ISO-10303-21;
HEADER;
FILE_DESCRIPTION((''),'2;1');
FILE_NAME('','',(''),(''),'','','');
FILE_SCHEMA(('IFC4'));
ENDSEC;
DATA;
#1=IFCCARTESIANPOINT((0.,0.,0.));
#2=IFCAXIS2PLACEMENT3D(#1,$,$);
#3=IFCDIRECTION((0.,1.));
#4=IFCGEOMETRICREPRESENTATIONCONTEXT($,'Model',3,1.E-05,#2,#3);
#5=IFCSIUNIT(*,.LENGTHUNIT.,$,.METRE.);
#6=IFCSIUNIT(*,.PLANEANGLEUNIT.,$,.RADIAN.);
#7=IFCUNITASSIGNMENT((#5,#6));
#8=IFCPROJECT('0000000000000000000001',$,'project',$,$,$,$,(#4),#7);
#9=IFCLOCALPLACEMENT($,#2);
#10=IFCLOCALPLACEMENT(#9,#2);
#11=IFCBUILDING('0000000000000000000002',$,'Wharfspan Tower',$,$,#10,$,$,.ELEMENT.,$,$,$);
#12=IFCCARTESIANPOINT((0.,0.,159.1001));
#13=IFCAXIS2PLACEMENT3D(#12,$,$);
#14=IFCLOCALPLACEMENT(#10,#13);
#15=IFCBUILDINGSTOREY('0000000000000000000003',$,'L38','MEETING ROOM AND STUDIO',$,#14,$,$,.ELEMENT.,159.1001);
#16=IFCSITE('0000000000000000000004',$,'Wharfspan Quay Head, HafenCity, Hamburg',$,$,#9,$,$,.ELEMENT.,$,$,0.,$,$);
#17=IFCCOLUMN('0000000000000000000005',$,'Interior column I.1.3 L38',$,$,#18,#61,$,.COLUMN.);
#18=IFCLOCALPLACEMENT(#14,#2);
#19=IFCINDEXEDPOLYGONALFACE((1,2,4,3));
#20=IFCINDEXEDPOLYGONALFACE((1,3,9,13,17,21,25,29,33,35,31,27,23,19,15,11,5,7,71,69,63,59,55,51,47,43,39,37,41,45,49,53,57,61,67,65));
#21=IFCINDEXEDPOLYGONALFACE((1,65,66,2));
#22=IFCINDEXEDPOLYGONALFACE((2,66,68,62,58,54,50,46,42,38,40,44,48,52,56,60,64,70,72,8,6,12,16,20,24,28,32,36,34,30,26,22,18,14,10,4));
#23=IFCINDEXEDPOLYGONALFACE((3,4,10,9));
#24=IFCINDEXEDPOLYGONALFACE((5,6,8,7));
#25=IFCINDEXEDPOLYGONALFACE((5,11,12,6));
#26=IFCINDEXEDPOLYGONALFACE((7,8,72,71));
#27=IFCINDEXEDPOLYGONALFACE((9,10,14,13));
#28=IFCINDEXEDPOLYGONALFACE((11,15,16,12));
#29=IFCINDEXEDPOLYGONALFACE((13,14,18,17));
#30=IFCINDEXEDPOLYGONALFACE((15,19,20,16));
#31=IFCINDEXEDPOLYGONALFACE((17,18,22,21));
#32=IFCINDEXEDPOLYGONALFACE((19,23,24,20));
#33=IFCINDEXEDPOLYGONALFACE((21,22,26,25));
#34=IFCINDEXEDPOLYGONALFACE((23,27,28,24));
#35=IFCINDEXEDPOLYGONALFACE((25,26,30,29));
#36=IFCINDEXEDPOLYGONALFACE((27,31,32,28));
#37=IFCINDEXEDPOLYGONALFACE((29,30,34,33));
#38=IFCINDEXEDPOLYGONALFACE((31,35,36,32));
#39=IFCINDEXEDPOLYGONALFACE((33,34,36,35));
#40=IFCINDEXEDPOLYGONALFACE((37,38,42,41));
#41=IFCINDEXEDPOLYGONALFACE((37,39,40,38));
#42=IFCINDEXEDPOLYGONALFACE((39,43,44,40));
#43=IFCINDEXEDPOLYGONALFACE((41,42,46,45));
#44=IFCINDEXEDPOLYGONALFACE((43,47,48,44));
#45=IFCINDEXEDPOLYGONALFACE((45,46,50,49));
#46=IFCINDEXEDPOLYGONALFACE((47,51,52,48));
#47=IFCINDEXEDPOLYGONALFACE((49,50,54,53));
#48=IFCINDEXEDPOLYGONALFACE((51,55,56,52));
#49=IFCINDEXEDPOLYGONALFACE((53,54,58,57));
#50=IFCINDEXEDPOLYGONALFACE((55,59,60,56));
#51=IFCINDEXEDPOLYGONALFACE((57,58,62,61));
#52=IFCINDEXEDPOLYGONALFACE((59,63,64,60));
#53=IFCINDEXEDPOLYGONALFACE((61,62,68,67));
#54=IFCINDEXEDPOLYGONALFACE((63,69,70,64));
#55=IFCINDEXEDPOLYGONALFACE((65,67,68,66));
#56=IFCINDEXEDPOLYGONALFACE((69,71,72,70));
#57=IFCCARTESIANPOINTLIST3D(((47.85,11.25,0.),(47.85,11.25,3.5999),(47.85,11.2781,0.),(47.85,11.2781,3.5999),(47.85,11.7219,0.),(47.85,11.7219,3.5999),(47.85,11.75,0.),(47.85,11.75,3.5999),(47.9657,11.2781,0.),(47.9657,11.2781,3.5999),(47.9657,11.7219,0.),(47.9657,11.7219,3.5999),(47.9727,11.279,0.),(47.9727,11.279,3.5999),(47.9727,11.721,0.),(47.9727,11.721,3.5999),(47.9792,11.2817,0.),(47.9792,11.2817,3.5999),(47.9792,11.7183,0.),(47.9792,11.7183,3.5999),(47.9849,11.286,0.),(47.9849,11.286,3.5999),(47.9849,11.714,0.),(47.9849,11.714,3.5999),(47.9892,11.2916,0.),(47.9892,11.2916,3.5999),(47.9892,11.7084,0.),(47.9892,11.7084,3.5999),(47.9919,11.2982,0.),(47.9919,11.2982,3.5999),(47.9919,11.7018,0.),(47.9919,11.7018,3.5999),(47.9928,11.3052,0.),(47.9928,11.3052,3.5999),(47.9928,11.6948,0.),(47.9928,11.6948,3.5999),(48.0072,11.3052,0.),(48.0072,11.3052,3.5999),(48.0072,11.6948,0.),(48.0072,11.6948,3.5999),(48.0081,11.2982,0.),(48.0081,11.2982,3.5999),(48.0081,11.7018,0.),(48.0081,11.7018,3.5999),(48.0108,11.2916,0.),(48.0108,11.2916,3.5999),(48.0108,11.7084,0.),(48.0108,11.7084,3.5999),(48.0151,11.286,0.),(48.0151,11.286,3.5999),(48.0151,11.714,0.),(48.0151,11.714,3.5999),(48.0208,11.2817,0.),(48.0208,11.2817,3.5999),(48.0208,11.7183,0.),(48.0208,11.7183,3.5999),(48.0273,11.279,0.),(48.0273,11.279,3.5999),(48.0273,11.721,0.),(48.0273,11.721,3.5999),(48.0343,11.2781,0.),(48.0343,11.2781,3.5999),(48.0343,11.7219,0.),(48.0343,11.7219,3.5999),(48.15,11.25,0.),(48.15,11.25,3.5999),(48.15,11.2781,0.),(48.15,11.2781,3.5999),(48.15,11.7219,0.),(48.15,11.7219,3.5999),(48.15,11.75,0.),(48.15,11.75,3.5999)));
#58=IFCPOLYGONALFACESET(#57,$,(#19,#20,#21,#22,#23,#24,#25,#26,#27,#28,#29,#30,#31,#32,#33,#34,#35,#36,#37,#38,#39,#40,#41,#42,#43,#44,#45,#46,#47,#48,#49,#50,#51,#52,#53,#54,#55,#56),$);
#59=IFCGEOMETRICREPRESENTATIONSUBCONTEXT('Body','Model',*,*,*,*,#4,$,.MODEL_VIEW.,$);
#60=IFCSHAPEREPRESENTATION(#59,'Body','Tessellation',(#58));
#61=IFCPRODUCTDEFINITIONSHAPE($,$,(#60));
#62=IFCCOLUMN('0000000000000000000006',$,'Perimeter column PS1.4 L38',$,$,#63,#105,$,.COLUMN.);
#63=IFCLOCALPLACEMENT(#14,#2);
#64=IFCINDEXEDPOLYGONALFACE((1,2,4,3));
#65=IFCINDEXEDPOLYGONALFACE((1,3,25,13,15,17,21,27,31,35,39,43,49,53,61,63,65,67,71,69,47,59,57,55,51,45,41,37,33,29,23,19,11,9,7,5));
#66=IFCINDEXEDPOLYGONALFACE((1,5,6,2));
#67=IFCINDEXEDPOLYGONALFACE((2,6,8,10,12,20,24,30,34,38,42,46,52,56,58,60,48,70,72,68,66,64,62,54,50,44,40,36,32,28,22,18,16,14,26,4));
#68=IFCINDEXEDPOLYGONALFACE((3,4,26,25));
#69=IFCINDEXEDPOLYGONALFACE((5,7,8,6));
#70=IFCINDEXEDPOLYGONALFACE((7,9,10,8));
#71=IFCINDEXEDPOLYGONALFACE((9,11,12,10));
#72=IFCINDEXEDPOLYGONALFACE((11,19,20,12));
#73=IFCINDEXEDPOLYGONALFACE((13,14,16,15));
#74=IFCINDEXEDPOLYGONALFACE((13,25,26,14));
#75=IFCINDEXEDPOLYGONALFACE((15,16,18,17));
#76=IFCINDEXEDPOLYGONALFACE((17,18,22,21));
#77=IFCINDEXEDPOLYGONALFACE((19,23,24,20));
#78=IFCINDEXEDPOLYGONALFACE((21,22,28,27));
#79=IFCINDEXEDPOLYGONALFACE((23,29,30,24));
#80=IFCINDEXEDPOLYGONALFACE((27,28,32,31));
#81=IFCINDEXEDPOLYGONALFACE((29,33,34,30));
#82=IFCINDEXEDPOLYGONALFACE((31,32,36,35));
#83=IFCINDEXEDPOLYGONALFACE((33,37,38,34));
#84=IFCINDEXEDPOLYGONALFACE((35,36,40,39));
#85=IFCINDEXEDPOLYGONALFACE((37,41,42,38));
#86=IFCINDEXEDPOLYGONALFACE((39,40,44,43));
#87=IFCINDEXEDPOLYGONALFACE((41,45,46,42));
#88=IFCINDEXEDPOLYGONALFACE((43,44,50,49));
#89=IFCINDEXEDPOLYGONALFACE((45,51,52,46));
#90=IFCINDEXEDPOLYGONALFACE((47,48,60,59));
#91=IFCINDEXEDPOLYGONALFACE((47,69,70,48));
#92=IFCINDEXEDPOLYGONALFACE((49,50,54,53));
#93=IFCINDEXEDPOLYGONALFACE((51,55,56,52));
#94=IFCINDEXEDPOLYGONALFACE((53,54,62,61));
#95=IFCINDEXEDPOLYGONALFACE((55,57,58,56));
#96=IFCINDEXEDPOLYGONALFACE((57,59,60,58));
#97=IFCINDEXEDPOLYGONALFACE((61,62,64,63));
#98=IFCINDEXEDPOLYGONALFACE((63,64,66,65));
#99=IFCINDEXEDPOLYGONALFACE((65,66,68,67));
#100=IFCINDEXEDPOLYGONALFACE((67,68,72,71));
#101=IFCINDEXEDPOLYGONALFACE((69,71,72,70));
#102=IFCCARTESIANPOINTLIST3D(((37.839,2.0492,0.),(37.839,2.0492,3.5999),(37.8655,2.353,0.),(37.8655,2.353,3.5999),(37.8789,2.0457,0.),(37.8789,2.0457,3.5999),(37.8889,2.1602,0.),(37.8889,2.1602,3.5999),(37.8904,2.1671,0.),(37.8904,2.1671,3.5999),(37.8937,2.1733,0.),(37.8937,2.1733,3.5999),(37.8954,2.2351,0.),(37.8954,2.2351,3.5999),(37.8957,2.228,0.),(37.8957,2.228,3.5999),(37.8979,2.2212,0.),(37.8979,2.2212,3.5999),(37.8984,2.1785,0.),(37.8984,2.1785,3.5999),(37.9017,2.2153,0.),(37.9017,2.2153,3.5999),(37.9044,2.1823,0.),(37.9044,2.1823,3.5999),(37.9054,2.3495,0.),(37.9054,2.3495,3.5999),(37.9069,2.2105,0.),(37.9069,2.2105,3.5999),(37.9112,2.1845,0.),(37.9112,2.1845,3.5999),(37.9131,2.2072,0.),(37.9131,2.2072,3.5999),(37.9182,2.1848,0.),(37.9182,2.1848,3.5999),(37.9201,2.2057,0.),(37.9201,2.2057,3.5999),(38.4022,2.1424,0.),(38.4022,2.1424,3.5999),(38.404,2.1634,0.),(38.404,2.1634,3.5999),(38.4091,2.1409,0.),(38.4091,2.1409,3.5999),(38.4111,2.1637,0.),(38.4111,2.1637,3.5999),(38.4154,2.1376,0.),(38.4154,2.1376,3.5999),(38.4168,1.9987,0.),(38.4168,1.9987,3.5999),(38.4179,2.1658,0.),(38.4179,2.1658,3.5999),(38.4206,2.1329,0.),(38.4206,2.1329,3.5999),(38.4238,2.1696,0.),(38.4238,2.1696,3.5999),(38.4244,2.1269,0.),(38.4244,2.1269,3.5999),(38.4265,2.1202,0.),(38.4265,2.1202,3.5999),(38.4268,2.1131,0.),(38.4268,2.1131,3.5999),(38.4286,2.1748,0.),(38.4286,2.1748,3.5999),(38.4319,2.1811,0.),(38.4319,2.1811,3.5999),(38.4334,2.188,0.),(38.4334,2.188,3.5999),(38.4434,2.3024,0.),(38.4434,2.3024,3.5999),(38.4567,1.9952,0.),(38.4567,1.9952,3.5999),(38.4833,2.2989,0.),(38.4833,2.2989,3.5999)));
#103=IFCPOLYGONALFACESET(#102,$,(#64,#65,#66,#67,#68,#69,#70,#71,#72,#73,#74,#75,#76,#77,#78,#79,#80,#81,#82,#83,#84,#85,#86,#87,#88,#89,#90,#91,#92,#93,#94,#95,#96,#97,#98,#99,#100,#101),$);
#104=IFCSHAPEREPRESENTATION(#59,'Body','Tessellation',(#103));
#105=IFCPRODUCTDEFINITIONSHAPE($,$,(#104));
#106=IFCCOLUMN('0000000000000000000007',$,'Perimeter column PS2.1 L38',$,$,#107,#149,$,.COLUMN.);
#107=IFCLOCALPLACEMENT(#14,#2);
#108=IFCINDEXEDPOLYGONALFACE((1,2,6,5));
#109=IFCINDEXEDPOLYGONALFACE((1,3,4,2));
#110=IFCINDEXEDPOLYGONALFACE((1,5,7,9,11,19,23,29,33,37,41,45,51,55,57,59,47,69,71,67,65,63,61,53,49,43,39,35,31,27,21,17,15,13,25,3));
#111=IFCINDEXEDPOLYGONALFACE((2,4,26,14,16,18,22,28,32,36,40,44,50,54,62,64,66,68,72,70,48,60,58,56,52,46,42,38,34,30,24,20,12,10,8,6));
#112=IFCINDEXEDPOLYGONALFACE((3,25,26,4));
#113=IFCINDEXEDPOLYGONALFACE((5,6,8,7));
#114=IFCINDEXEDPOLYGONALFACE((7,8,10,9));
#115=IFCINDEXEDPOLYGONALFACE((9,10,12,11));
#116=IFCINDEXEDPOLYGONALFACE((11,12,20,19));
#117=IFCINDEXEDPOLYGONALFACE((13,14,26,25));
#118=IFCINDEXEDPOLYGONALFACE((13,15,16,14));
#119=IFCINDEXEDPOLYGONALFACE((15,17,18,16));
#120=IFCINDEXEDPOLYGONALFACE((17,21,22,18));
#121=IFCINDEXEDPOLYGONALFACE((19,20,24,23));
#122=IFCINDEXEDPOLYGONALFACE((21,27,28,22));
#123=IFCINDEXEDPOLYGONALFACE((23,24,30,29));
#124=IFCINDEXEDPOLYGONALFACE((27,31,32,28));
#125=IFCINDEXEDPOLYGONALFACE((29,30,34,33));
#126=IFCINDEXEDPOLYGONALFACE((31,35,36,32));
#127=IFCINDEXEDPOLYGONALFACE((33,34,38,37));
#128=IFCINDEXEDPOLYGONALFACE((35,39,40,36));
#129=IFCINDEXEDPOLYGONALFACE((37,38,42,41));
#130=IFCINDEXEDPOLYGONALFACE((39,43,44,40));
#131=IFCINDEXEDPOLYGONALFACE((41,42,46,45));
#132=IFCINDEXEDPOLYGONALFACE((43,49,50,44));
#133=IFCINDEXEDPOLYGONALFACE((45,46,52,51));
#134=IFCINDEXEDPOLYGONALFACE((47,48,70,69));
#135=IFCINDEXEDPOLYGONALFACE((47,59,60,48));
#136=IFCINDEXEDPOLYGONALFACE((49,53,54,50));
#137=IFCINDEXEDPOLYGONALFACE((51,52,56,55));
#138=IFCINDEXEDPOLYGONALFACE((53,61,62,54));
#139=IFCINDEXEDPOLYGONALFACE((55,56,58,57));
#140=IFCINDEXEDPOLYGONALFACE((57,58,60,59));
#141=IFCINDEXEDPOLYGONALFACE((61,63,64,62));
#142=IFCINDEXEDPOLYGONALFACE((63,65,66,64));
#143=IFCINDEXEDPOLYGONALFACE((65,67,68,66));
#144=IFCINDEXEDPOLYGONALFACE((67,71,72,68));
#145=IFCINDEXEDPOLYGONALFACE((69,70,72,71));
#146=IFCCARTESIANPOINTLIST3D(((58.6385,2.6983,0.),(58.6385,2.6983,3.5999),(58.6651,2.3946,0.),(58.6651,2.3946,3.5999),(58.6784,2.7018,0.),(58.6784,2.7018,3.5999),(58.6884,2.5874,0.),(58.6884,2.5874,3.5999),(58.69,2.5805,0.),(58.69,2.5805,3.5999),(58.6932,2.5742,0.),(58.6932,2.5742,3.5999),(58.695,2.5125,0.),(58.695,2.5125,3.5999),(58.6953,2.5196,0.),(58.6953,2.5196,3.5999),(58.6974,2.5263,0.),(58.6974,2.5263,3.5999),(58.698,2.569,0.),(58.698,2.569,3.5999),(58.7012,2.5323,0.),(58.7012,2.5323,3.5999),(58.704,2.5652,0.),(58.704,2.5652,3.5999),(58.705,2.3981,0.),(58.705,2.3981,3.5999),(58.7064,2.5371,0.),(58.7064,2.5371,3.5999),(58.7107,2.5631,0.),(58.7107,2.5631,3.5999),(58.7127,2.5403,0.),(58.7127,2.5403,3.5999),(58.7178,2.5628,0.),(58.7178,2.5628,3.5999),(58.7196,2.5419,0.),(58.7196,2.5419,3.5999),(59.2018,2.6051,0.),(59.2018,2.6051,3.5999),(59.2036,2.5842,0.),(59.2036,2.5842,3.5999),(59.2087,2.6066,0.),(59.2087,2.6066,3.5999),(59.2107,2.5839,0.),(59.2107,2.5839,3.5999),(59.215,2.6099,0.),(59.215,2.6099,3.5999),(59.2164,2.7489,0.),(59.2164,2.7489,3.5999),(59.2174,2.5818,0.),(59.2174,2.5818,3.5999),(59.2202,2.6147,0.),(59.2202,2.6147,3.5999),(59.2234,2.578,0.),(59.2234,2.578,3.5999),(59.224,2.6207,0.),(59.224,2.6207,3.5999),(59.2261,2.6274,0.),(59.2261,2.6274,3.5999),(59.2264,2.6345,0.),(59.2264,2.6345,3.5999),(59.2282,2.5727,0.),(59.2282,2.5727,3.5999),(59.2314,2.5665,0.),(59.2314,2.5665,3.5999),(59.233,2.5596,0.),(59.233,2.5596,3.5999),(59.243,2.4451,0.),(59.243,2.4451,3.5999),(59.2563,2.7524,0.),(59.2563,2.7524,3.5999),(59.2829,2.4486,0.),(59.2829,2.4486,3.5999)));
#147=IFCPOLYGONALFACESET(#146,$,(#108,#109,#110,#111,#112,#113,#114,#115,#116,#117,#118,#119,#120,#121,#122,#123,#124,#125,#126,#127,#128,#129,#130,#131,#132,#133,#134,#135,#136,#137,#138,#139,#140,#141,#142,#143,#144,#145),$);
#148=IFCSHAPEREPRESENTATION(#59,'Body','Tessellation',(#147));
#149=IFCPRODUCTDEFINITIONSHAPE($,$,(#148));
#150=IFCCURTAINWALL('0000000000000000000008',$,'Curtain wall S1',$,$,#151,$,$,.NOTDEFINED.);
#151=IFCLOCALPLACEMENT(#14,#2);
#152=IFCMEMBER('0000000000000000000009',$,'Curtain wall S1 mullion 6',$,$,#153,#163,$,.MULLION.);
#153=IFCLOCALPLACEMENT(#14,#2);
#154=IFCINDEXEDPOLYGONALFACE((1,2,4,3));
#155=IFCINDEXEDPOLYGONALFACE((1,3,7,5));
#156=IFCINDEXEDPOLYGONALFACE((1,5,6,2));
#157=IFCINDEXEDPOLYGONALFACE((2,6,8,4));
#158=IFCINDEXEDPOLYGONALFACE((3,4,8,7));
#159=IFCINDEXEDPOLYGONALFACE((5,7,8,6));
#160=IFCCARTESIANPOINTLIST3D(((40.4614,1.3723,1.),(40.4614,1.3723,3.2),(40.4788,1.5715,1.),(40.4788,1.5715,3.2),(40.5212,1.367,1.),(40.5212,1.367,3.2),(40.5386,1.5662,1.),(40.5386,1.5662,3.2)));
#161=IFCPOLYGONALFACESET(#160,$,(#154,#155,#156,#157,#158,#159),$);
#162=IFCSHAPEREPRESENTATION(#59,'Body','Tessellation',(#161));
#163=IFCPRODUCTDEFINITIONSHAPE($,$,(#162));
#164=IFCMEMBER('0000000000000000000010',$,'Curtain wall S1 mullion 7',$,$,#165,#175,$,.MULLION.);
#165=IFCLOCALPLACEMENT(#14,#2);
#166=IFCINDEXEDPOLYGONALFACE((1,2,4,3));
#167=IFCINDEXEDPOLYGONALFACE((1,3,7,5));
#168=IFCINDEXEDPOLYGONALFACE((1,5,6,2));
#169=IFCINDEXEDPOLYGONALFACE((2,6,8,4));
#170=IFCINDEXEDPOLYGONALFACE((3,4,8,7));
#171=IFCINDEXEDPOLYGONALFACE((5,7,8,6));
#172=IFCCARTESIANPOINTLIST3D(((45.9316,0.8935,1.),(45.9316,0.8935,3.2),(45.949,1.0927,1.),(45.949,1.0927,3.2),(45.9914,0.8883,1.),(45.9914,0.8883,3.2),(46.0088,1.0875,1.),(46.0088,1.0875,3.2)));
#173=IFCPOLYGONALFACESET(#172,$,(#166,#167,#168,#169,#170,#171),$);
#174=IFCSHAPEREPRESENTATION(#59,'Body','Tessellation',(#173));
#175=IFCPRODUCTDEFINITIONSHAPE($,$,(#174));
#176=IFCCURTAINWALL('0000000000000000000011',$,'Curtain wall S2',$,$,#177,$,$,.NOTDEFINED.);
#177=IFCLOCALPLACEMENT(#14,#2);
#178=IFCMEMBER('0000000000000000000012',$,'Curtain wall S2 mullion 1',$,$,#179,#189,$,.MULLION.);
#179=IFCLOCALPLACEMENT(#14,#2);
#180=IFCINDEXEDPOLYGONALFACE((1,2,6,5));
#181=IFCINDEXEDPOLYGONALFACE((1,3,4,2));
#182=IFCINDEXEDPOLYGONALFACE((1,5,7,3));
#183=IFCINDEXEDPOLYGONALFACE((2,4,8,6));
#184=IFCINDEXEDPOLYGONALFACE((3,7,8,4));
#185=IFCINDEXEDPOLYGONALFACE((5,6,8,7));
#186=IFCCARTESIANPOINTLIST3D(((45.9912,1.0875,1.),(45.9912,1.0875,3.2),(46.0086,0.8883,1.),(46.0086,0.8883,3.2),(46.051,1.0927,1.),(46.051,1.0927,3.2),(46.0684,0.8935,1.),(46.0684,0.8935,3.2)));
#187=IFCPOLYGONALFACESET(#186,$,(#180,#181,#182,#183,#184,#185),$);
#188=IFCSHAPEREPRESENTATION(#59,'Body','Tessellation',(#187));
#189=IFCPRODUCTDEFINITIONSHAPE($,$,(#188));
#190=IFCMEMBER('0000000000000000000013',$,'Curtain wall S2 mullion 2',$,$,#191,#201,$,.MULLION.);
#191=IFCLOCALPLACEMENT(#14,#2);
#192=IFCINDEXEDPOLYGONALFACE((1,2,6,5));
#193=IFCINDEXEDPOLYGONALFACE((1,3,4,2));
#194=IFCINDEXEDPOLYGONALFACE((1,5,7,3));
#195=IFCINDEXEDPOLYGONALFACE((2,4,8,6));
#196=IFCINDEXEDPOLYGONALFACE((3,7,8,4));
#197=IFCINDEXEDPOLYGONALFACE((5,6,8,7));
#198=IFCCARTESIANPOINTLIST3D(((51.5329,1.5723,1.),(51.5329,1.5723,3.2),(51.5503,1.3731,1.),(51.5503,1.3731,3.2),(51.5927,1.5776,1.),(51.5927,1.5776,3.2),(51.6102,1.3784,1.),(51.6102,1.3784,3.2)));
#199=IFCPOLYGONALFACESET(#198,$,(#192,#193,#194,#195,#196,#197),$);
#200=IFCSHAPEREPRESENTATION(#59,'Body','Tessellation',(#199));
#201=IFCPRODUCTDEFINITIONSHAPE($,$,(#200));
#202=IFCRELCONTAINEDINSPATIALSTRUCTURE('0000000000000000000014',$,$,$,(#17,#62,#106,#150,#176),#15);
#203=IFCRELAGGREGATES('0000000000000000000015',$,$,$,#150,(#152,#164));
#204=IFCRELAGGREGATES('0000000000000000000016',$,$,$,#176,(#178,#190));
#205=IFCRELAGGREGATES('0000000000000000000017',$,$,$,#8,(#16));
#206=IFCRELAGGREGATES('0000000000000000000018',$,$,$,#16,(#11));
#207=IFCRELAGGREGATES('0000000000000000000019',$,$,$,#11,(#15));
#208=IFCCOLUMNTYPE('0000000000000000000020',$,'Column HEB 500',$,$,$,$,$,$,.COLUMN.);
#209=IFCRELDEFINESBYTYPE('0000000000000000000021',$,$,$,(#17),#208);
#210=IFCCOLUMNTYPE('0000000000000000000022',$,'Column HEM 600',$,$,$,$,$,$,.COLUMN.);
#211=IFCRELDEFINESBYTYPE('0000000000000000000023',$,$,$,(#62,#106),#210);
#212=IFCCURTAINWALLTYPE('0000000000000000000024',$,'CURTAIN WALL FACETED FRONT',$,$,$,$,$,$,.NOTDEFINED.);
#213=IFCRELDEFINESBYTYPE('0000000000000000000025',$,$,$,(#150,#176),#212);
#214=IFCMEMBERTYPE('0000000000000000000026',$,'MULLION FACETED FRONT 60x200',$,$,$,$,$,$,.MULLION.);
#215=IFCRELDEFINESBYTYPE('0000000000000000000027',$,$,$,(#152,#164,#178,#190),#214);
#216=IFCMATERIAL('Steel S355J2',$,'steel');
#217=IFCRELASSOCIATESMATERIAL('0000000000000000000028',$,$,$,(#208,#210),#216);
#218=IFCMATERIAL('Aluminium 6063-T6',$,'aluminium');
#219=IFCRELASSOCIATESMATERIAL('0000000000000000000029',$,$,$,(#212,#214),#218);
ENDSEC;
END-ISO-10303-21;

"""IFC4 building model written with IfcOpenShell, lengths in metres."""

from ifc_helpers import new_model, si_unit, direction, frame, origin, origin_2d, place, context, subcontext, project, spatial, rectangle, i_section, extrude, material, material_profile, profile_set, type_object, element, aggregate, save


model = new_model("IFC4")

# Units and contexts
model_context = context("Model", 3, precision=1e-05, world=origin(), true_north=direction((0.0, 1.0)))
body_context = subcontext(model_context, "Body", "Model", "MODEL_VIEW")
ifc_project = project(units=[si_unit("LENGTHUNIT", "METRE"), si_unit("PLANEANGLEUNIT", "RADIAN")], contexts=[model_context])

# Site, building, storey
site_placement = place(None, origin())
site = spatial("IfcSite", under=ifc_project, at=site_placement, Name="Wharfspan Quay Head, HafenCity, Hamburg", CompositionType="ELEMENT", RefElevation=0.0)
building_placement = place(site_placement, origin())
building = spatial("IfcBuilding", under=site, at=building_placement, Name="Wharfspan Tower", CompositionType="ELEMENT")
storey_placement = place(building_placement, frame((0.0, 0.0, 159.1001)))
storey = spatial("IfcBuildingStorey", under=building, at=storey_placement, Name="L38", Description="MEETING ROOM AND STUDIO", CompositionType="ELEMENT", Elevation=159.1001)

# Columns
ifc_material_1 = material(Name="Steel S355J2", Category="steel")
ifc_material_profile_1 = material_profile(ifc_material_1, i_section(OverallWidth=0.3, OverallDepth=0.5, WebThickness=0.0144, FlangeThickness=0.0281, FilletRadius=0.0271, at=origin_2d()))
ifc_profile_set_1 = profile_set([ifc_material_profile_1], Name="Steel S355J2")
column_type_1 = type_object("IfcColumnType", Name="Column HEB 500", PredefinedType="COLUMN", material=ifc_profile_set_1)
column_placement = place(storey_placement, frame((48.0, 11.5, 0.0), z_axis=(0.0, 0.0, 1.0), x_axis=(1.0, 0.0, 0.0)))
element("IfcColumn", 1, at=column_placement, inside=storey, type_object=column_type_1, Name="Interior column I.1.3 L38", PredefinedType="COLUMN", context=body_context, shape_type="SweptSolid", body=[
    extrude(i_section(OverallWidth=0.3, OverallDepth=0.5, WebThickness=0.0144, FlangeThickness=0.0281, FilletRadius=0.0271, at=origin_2d()), origin(), (0.0, 0.0, 1.0), 3.5999),
])
ifc_material_profile_2 = material_profile(ifc_material_1, i_section(OverallWidth=0.3049, OverallDepth=0.6201, WebThickness=0.021, FlangeThickness=0.04, FilletRadius=0.0271, at=origin_2d()))
ifc_profile_set_2 = profile_set([ifc_material_profile_2], Name="Steel S355J2")
column_type_2 = type_object("IfcColumnType", Name="Column HEM 600", PredefinedType="COLUMN", material=ifc_profile_set_2)
for number, where, z_axis, x_axis, name in (
    (2, (38.1611, 2.1741, 0.0), (0.0, 0.0, 1.0), (-0.087156, -0.996198, 0.0), "Perimeter column PS1.4 L38"),
    (3, (58.9607, 2.5735, 0.0), (0.0, 0.0, 1.0), (0.087156, -0.996198, 0.0), "Perimeter column PS2.1 L38"),
):
    element("IfcColumn", number, at=place(storey_placement, frame(where, z_axis=z_axis, x_axis=x_axis)), inside=storey, type_object=column_type_2, Name=name, PredefinedType="COLUMN", context=body_context, shape_type="SweptSolid", body=[
        extrude(i_section(OverallWidth=0.3049, OverallDepth=0.6201, WebThickness=0.021, FlangeThickness=0.04, FilletRadius=0.0271, at=origin_2d()), origin(), (0.0, 0.0, 1.0), 3.5999),
    ])

# Curtain walls, members
ifc_material_2 = material(Name="Aluminium 6063-T6", Category="aluminium")
curtain_wall_type = type_object("IfcCurtainWallType", Name="CURTAIN WALL FACETED FRONT", PredefinedType="NOTDEFINED", material=ifc_material_2)
curtain_wall_1_placement = place(storey_placement, origin())
curtain_wall_1 = element("IfcCurtainWall", 4, at=curtain_wall_1_placement, inside=storey, type_object=curtain_wall_type, Name="Curtain wall S1", PredefinedType="NOTDEFINED")
ifc_material_profile_3 = material_profile(ifc_material_2, rectangle(XDim=0.2, YDim=0.0601, at=origin_2d()))
ifc_profile_set_3 = profile_set([ifc_material_profile_3], Name="Aluminium 6063-T6")
member_type_1 = type_object("IfcMemberType", Name="MULLION FACETED FRONT 60x200", PredefinedType="MULLION", material=ifc_profile_set_3)
member_1_placement = place(storey_placement, frame((40.5, 1.4692, 1.0), z_axis=(0.0, 0.0, 1.0), x_axis=(0.087156, 0.996198, 0.0)))
member_1 = element("IfcMember", 5, at=member_1_placement, type_object=member_type_1, Name="Curtain wall S1 mullion 6", PredefinedType="MULLION", context=body_context, shape_type="SweptSolid", body=[
    extrude(rectangle(XDim=0.2, YDim=0.0601, at=origin_2d()), origin(), (0.0, 0.0, 1.0), 2.2),
])
member_2_placement = place(storey_placement, frame((45.9702, 0.9905, 1.0), z_axis=(0.0, 0.0, 1.0), x_axis=(0.087156, 0.996198, 0.0)))
member_2 = element("IfcMember", 6, at=member_2_placement, type_object=member_type_1, Name="Curtain wall S1 mullion 7", PredefinedType="MULLION", context=body_context, shape_type="SweptSolid", body=[
    extrude(rectangle(XDim=0.2, YDim=0.0601, at=origin_2d()), origin(), (0.0, 0.0, 1.0), 2.2),
])
curtain_wall_2_placement = place(storey_placement, origin())
curtain_wall_2 = element("IfcCurtainWall", 7, at=curtain_wall_2_placement, inside=storey, type_object=curtain_wall_type, Name="Curtain wall S2", PredefinedType="NOTDEFINED")
member_3_placement = place(storey_placement, frame((46.0298, 0.9905, 1.0), z_axis=(0.0, 0.0, 1.0), x_axis=(-0.087156, 0.996198, 0.0)))
member_3 = element("IfcMember", 8, at=member_3_placement, type_object=member_type_1, Name="Curtain wall S2 mullion 1", PredefinedType="MULLION", context=body_context, shape_type="SweptSolid", body=[
    extrude(rectangle(XDim=0.2, YDim=0.0601, at=origin_2d()), origin(), (0.0, 0.0, 1.0), 2.2),
])
member_4_placement = place(storey_placement, frame((51.5715, 1.4753, 1.0), z_axis=(0.0, 0.0, 1.0), x_axis=(-0.087156, 0.996198, 0.0)))
member_4 = element("IfcMember", 9, at=member_4_placement, type_object=member_type_1, Name="Curtain wall S2 mullion 2", PredefinedType="MULLION", context=body_context, shape_type="SweptSolid", body=[
    extrude(rectangle(XDim=0.2, YDim=0.0601, at=origin_2d()), origin(), (0.0, 0.0, 1.0), 2.2),
])

aggregate(curtain_wall_1, [member_1, member_2])
aggregate(curtain_wall_2, [member_3, member_4])

save(model, "model.ifc")
